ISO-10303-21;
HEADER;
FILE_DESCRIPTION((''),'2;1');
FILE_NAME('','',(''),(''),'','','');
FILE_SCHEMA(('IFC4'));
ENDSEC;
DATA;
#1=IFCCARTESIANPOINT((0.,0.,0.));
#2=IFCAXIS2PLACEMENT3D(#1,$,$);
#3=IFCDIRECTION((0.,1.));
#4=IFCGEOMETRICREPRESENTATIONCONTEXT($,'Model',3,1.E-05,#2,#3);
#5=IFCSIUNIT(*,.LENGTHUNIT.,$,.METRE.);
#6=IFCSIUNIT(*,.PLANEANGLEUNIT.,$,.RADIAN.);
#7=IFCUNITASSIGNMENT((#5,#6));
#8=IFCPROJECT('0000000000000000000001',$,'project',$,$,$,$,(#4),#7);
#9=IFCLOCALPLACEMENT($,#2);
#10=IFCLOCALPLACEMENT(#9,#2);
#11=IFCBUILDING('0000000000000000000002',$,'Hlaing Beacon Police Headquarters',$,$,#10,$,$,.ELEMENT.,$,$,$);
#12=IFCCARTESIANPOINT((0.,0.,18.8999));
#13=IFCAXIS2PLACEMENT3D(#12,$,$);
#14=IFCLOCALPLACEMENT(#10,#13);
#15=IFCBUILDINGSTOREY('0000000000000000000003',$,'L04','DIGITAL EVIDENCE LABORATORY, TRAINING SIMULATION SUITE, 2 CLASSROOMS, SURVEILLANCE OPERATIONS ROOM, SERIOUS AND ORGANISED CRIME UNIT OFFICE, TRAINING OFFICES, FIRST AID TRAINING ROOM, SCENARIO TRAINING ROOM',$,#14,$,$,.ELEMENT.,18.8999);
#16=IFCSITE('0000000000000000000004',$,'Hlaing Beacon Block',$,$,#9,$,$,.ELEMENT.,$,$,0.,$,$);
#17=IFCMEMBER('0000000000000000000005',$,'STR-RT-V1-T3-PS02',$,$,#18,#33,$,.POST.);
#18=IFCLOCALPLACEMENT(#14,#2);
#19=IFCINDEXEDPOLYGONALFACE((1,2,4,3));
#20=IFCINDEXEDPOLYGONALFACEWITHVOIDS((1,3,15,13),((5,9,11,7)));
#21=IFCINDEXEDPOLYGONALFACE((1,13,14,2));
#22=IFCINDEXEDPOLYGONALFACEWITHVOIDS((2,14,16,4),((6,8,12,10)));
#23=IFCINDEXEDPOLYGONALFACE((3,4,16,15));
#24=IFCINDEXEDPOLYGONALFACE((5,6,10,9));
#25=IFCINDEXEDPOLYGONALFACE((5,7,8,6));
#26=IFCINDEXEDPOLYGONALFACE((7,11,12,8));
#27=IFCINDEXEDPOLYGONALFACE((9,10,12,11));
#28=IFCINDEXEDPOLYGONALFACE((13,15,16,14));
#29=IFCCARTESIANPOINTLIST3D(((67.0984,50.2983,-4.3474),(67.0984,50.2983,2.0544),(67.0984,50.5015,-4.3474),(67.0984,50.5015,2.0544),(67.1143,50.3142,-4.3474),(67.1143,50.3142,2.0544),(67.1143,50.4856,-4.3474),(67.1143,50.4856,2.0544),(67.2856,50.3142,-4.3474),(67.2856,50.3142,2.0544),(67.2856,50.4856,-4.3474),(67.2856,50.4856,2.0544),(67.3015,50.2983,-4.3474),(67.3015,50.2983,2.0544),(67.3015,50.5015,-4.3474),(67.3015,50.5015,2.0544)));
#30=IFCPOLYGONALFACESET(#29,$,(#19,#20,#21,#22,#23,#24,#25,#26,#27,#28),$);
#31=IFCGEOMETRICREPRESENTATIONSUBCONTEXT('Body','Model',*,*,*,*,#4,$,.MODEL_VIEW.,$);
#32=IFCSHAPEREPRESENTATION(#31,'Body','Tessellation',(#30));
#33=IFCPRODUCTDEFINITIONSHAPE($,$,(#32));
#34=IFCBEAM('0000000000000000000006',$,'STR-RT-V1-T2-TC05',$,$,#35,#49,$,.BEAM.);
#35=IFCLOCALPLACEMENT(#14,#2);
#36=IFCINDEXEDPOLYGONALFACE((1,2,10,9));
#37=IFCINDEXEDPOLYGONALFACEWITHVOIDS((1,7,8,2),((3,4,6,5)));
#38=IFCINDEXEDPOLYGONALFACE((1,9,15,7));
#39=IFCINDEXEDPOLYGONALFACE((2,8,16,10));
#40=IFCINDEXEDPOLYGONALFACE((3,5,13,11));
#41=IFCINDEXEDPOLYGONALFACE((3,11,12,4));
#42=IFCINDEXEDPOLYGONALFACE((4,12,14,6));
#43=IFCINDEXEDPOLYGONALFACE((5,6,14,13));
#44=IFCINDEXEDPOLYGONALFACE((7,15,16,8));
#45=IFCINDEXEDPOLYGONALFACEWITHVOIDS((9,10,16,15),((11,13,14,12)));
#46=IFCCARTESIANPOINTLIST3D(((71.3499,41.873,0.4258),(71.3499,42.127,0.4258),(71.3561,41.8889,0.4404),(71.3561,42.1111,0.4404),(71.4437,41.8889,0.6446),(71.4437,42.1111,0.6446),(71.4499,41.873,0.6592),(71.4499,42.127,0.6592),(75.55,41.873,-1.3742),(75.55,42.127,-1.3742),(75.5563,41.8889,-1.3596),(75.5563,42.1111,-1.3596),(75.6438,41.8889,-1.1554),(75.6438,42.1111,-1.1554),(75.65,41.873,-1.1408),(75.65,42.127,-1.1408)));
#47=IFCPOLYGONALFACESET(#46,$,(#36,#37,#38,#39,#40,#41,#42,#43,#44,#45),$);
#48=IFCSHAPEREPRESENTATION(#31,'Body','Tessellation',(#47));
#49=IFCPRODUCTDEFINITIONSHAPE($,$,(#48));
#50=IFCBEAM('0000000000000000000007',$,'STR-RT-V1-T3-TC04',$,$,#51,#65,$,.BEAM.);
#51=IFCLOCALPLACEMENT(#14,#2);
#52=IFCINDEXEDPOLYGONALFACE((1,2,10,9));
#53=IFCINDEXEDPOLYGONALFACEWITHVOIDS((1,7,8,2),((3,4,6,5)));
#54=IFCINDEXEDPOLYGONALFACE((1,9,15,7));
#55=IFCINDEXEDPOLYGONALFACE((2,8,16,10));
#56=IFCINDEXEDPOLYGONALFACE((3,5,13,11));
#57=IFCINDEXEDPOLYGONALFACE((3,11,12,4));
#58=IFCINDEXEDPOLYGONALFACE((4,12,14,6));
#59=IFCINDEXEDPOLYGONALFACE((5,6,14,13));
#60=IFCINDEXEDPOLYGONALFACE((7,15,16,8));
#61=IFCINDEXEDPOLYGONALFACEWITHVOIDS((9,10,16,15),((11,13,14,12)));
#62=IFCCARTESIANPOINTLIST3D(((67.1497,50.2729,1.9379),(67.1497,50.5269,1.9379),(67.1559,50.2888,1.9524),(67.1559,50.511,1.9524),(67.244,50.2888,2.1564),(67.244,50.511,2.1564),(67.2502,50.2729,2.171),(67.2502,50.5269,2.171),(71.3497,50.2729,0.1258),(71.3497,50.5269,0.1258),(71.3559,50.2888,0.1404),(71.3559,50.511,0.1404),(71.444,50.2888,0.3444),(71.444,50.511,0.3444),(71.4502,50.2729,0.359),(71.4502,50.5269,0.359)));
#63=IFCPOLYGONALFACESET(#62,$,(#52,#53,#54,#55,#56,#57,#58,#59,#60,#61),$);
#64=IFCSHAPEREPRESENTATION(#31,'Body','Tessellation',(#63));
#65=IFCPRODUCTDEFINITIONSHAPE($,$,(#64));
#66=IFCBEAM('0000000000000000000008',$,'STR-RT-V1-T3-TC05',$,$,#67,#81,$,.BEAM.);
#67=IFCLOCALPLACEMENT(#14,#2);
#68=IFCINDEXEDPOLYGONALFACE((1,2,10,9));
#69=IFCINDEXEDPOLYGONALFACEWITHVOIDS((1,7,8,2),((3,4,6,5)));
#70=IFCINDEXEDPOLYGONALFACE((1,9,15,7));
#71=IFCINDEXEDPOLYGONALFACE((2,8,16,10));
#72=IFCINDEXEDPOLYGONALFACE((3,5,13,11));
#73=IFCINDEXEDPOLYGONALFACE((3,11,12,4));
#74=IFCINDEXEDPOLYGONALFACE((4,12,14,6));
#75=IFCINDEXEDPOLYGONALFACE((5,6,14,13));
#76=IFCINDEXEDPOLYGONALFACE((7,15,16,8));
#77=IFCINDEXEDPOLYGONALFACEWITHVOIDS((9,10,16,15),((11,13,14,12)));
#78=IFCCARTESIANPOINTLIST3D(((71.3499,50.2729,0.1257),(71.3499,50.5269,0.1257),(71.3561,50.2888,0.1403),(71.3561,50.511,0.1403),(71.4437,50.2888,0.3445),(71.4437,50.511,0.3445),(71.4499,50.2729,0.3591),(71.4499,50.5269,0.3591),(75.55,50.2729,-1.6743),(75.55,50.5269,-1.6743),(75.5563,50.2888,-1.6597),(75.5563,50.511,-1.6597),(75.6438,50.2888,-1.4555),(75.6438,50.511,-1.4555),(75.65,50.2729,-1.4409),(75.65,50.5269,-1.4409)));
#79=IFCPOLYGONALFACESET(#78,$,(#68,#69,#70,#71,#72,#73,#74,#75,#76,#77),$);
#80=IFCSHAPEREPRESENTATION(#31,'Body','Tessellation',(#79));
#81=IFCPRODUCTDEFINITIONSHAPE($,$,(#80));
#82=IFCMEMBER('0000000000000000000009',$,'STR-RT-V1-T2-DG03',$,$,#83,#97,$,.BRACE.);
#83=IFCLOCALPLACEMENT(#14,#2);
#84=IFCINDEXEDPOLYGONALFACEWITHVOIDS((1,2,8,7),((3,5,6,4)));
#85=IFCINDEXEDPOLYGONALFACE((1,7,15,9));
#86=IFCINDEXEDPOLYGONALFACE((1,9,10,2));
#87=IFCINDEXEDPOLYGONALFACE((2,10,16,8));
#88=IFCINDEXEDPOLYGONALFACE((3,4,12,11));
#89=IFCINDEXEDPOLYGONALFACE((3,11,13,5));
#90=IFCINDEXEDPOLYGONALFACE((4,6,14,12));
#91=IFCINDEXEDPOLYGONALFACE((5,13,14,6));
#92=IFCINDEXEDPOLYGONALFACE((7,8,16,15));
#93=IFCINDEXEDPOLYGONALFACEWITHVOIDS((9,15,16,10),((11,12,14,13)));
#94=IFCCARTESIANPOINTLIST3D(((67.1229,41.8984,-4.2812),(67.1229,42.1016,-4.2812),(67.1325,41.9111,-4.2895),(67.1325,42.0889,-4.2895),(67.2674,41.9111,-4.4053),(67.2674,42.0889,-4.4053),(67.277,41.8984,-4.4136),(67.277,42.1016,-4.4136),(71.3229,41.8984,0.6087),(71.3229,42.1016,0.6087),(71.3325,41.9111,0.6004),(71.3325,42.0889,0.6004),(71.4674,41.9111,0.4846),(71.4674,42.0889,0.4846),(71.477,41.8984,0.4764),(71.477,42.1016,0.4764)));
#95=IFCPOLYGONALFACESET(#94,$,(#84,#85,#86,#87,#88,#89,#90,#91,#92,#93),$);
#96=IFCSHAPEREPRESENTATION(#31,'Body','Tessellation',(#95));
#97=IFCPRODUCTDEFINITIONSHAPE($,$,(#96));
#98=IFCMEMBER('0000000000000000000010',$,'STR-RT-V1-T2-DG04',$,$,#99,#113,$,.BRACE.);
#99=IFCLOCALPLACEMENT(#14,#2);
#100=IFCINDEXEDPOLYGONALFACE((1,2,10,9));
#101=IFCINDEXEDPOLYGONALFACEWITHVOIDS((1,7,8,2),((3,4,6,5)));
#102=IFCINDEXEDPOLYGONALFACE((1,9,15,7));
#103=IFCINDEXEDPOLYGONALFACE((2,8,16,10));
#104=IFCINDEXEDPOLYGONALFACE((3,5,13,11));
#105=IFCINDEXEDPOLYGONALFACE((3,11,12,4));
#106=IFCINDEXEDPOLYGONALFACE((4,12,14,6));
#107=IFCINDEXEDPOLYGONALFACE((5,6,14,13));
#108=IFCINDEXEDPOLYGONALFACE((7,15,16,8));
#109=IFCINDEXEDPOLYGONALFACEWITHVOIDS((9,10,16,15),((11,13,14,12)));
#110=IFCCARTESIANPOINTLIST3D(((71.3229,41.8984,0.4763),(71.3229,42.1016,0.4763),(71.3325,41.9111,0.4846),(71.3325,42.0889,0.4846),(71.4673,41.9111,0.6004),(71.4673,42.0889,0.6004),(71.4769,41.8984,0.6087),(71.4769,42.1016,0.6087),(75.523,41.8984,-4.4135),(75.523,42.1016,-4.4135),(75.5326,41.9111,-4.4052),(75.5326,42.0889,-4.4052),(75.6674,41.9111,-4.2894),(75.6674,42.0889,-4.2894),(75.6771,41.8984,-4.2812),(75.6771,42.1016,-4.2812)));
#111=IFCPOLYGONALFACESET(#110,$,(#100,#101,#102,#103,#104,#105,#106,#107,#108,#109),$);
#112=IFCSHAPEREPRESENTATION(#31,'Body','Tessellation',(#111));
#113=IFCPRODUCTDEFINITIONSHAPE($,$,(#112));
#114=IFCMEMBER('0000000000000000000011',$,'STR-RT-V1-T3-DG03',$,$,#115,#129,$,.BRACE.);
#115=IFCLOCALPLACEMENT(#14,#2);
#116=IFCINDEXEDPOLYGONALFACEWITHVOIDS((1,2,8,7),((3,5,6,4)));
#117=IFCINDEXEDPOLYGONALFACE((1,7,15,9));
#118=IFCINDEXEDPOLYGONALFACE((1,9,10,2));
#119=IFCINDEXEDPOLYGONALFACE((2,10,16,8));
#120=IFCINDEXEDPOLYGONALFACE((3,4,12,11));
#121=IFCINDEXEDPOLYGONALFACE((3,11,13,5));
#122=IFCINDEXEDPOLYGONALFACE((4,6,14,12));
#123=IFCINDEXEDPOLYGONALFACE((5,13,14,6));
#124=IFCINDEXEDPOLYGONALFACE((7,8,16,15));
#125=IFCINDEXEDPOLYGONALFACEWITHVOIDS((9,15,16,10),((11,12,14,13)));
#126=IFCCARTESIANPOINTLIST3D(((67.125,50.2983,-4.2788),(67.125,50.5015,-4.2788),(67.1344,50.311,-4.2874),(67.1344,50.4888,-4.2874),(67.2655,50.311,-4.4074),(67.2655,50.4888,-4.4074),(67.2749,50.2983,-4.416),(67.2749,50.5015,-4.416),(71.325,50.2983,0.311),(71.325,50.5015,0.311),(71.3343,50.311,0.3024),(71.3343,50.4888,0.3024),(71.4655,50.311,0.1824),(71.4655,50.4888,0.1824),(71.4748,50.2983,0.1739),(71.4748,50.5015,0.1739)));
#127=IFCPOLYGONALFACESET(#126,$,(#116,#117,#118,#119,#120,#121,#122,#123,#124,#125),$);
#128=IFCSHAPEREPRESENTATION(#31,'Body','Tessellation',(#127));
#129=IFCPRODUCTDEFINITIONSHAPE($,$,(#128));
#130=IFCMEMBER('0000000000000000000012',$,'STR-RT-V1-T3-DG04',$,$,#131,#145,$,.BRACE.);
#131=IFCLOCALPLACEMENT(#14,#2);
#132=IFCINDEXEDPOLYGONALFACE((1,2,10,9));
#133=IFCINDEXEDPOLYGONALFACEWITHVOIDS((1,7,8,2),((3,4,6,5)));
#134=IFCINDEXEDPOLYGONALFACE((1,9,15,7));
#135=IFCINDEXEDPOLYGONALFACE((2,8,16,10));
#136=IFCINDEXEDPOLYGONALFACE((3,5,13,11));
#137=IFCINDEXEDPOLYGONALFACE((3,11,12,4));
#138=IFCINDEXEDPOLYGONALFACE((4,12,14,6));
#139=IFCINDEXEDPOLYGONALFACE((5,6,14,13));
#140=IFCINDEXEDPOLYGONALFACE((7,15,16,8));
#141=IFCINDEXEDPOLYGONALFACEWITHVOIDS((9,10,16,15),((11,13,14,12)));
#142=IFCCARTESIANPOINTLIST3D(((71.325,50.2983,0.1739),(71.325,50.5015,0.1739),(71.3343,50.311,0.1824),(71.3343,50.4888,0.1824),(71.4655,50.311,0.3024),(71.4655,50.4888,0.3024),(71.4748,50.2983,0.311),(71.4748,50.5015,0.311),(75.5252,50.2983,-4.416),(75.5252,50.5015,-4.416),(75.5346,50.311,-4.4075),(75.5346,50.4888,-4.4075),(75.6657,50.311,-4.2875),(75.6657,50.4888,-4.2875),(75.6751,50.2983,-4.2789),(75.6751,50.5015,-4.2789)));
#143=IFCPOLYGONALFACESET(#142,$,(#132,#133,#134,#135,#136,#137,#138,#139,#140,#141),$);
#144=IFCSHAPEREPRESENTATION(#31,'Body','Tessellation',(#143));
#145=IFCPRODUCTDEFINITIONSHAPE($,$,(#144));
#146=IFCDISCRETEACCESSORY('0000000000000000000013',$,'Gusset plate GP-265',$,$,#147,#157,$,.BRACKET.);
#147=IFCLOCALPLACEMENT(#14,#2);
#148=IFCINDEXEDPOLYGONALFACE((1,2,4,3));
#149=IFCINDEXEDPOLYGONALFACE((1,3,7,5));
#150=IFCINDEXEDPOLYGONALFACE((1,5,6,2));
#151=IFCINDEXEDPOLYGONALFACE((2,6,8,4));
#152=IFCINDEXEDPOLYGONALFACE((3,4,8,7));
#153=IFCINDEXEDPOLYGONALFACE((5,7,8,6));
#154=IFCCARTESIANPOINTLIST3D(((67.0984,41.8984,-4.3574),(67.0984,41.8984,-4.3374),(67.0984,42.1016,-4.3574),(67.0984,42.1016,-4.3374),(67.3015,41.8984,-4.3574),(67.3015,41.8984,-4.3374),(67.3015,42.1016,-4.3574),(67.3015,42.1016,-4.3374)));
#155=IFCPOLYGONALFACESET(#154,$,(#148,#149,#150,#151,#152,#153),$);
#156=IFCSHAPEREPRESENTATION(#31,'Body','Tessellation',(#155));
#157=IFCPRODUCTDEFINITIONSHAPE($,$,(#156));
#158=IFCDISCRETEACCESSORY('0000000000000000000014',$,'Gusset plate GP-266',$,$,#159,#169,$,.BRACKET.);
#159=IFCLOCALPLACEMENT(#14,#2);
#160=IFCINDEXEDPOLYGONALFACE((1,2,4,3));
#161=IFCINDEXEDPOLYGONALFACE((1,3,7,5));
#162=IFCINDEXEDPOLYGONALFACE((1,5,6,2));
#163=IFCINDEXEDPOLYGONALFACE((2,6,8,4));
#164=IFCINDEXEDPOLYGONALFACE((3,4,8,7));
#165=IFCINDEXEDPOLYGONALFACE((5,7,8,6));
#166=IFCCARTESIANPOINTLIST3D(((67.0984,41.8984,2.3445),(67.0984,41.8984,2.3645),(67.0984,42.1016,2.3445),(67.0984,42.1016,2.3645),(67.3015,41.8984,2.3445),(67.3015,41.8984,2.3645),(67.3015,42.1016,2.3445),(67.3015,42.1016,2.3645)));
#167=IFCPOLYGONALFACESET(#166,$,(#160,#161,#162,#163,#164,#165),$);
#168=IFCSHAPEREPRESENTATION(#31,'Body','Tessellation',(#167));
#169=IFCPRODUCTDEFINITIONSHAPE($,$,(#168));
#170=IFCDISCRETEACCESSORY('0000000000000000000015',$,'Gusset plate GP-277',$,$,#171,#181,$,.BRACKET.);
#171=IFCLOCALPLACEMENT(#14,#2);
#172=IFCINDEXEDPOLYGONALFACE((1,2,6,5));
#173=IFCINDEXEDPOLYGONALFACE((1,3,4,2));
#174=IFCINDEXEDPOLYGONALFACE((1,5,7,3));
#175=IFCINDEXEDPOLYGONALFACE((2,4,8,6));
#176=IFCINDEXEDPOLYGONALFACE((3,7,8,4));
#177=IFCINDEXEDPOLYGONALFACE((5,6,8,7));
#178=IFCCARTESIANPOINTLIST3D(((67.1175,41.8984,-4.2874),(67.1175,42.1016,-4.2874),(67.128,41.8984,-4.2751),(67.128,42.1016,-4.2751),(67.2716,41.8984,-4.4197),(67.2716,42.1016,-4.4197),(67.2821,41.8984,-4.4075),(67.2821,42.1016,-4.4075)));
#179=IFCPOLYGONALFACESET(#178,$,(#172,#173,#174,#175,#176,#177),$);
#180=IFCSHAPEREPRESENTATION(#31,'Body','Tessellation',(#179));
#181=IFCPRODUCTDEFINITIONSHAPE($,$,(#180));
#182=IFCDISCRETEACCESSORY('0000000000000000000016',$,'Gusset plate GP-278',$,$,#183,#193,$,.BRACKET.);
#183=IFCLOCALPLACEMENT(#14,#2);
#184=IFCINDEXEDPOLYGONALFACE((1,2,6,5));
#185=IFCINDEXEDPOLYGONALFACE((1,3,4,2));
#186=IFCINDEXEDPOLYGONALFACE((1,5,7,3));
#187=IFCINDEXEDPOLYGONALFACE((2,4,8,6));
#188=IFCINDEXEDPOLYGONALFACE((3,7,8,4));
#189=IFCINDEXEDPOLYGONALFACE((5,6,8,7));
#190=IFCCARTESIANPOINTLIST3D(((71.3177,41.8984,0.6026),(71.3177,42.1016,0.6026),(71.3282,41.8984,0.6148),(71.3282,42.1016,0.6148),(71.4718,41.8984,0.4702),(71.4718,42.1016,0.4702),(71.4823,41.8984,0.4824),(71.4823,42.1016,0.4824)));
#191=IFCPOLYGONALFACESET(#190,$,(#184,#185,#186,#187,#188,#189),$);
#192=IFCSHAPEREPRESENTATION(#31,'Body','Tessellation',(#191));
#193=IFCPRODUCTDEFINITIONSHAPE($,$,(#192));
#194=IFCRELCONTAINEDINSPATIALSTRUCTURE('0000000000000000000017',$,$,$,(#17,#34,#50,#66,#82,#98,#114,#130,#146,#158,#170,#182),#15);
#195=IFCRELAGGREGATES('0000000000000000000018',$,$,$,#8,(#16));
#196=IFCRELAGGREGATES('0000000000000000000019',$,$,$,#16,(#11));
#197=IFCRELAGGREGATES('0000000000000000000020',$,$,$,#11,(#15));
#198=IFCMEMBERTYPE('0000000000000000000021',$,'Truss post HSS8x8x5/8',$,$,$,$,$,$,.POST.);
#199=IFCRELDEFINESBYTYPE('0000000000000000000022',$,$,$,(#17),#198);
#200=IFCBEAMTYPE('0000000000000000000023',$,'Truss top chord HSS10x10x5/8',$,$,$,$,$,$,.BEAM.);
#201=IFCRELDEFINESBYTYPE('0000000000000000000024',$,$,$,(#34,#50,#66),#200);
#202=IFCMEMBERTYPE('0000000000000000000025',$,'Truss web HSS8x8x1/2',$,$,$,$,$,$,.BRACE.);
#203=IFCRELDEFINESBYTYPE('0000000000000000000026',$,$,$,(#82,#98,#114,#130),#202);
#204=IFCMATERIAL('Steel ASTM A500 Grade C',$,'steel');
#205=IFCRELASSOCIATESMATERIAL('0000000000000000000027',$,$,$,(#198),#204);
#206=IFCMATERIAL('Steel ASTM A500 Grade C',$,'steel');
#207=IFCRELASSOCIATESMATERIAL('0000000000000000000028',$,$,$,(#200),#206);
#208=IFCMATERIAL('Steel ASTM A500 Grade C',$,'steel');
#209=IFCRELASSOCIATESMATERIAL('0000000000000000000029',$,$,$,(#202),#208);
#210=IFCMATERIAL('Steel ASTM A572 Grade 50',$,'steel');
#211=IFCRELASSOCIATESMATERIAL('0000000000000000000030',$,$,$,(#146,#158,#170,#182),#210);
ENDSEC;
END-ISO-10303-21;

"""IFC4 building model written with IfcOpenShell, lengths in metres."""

from ifc_helpers import new_model, si_unit, direction, frame, origin, origin_2d, place, context, subcontext, project, spatial, rectangle, hollow_rectangle, extrude, material, material_profile, profile_set, type_object, element, save


model = new_model("IFC4")

# Units and contexts
model_context = context("Model", 3, precision=1e-05, world=origin(), true_north=direction((0.0, 1.0)))
body_context = subcontext(model_context, "Body", "Model", "MODEL_VIEW")
ifc_project = project(units=[si_unit("LENGTHUNIT", "METRE"), si_unit("PLANEANGLEUNIT", "RADIAN")], contexts=[model_context])

# Site, building, storey
site_placement = place(None, origin())
site = spatial("IfcSite", under=ifc_project, at=site_placement, Name="Hlaing Beacon Block", CompositionType="ELEMENT", RefElevation=0.0)
building_placement = place(site_placement, origin())
building = spatial("IfcBuilding", under=site, at=building_placement, Name="Hlaing Beacon Police Headquarters", CompositionType="ELEMENT")
storey_placement = place(building_placement, frame((0.0, 0.0, 18.8999)))
storey = spatial("IfcBuildingStorey", under=building, at=storey_placement, Name="L04", Description="DIGITAL EVIDENCE LABORATORY, TRAINING SIMULATION SUITE, 2 CLASSROOMS, SURVEILLANCE OPERATIONS ROOM, SERIOUS AND ORGANISED CRIME UNIT OFFICE, TRAINING OFFICES, FIRST AID TRAINING ROOM, SCENARIO TRAINING ROOM", CompositionType="ELEMENT", Elevation=18.8999)

# Member
ifc_material_1 = material(Name="Steel ASTM A500 Grade C", Category="steel")
ifc_material_profile_1 = material_profile(ifc_material_1, hollow_rectangle(XDim=0.2031, YDim=0.2031, WallThickness=0.0159, at=origin_2d()), Name="HSS8x8x5/8")
ifc_profile_set_1 = profile_set([ifc_material_profile_1], Name="Steel ASTM A500 Grade C")
member_type_1 = type_object("IfcMemberType", Name="Truss post HSS8x8x5/8", PredefinedType="POST", material=ifc_profile_set_1)
member_1_placement = place(storey_placement, frame((67.2, 50.3999, -4.3474), z_axis=(0.0, 0.0, 1.0), x_axis=(1.0, 0.0, 0.0)))
element("IfcMember", 1, at=member_1_placement, inside=storey, type_object=member_type_1, Name="STR-RT-V1-T3-PS02", PredefinedType="POST", context=body_context, shape_type="SweptSolid", body=[
    extrude(hollow_rectangle(XDim=0.2031, YDim=0.2031, WallThickness=0.0159, at=origin_2d()), origin(), (0.0, 0.0, 1.0), 6.4019),
])

# Beams
ifc_material_2 = material(Name="Steel ASTM A500 Grade C", Category="steel")
ifc_material_profile_2 = material_profile(ifc_material_2, hollow_rectangle(XDim=0.2539, YDim=0.2539, WallThickness=0.0159, at=origin_2d()), Name="HSS10x10x5/8")
ifc_profile_set_2 = profile_set([ifc_material_profile_2], Name="Steel ASTM A500 Grade C")
beam_type_1 = type_object("IfcBeamType", Name="Truss top chord HSS10x10x5/8", PredefinedType="BEAM", material=ifc_profile_set_2)
beam_1_placement = place(storey_placement, frame((71.3999, 42.0, 0.5425), z_axis=(0.919148, 0.0, -0.393913), x_axis=(0.0, 1.0, 0.0)))
element("IfcBeam", 2, at=beam_1_placement, inside=storey, type_object=beam_type_1, Name="STR-RT-V1-T2-TC05", PredefinedType="BEAM", context=body_context, shape_type="SweptSolid", body=[
    extrude(hollow_rectangle(XDim=0.2539, YDim=0.2539, WallThickness=0.0159, at=origin_2d()), origin(), (0.0, 0.0, 1.0), 4.5696),
])
beam_2_placement = place(storey_placement, frame((67.2, 50.3999, 2.0544), z_axis=(0.91819, 0.0, -0.396141), x_axis=(0.0, 1.0, 0.0)))
element("IfcBeam", 3, at=beam_2_placement, inside=storey, type_object=beam_type_1, Name="STR-RT-V1-T3-TC04", PredefinedType="BEAM", context=body_context, shape_type="SweptSolid", body=[
    extrude(hollow_rectangle(XDim=0.2539, YDim=0.2539, WallThickness=0.0159, at=origin_2d()), origin(), (0.0, 0.0, 1.0), 4.5742),
])
beam_3_placement = place(storey_placement, frame((71.3999, 50.3999, 0.2424), z_axis=(0.919148, 0.0, -0.393913), x_axis=(0.0, 1.0, 0.0)))
element("IfcBeam", 4, at=beam_3_placement, inside=storey, type_object=beam_type_1, Name="STR-RT-V1-T3-TC05", PredefinedType="BEAM", context=body_context, shape_type="SweptSolid", body=[
    extrude(hollow_rectangle(XDim=0.2539, YDim=0.2539, WallThickness=0.0159, at=origin_2d()), origin(), (0.0, 0.0, 1.0), 4.5696),
])

# Members
ifc_material_3 = material(Name="Steel ASTM A500 Grade C", Category="steel")
ifc_material_profile_3 = material_profile(ifc_material_3, hollow_rectangle(XDim=0.2031, YDim=0.2031, WallThickness=0.0127, at=origin_2d()), Name="HSS8x8x1/2")
ifc_profile_set_3 = profile_set([ifc_material_profile_3], Name="Steel ASTM A500 Grade C")
member_type_2 = type_object("IfcMemberType", Name="Truss web HSS8x8x1/2", PredefinedType="BRACE", material=ifc_profile_set_3)
for number, where, z_axis, x_axis, name in (
    (5, (67.2, 42.0, -4.3474), (0.651561, 0.0, 0.758596), (0.0, 1.0, 0.0), "STR-RT-V1-T2-DG03"),
    (6, (71.3999, 42.0, 0.5425), (0.651583, 0.0, -0.758577), (0.0, 1.0, 0.0), "STR-RT-V1-T2-DG04"),
):
    element("IfcMember", number, at=place(storey_placement, frame(where, z_axis=z_axis, x_axis=x_axis)), inside=storey, type_object=member_type_2, Name=name, PredefinedType="BRACE", context=body_context, shape_type="SweptSolid", body=[
        extrude(hollow_rectangle(XDim=0.2031, YDim=0.2031, WallThickness=0.0127, at=origin_2d()), origin(), (0.0, 0.0, 1.0), 6.446),
    ])
member_2_placement = place(storey_placement, frame((67.2, 50.3999, -4.3474), z_axis=(0.675078, 0.0, 0.737747), x_axis=(0.0, 1.0, 0.0)))
element("IfcMember", 7, at=member_2_placement, inside=storey, type_object=member_type_2, Name="STR-RT-V1-T3-DG03", PredefinedType="BRACE", context=body_context, shape_type="SweptSolid", body=[
    extrude(hollow_rectangle(XDim=0.2031, YDim=0.2031, WallThickness=0.0127, at=origin_2d()), origin(), (0.0, 0.0, 1.0), 6.2214),
])
member_3_placement = place(storey_placement, frame((71.3999, 50.3999, 0.2424), z_axis=(0.675099, 0.0, -0.737727), x_axis=(0.0, 1.0, 0.0)))
element("IfcMember", 8, at=member_3_placement, inside=storey, type_object=member_type_2, Name="STR-RT-V1-T3-DG04", PredefinedType="BRACE", context=body_context, shape_type="SweptSolid", body=[
    extrude(hollow_rectangle(XDim=0.2031, YDim=0.2031, WallThickness=0.0127, at=origin_2d()), origin(), (0.0, 0.0, 1.0), 6.2217),
])

# Discrete accessories
ifc_material_4 = material(Name="Steel ASTM A572 Grade 50", Category="steel")
for number, where, z_axis, x_axis, name in (
    (9, (67.2, 42.0, -4.3374), (0.0, 0.0, -1.0), (1.0, 0.0, 0.0), "Gusset plate GP-265"),
    (10, (67.2, 42.0, 2.3445), (0.0, 0.0, 1.0), (1.0, 0.0, 0.0), "Gusset plate GP-266"),
):
    element("IfcDiscreteAccessory", number, at=place(storey_placement, frame(where, z_axis=z_axis, x_axis=x_axis)), inside=storey, material=ifc_material_4, Name=name, PredefinedType="BRACKET", context=body_context, shape_type="SweptSolid", body=[
        extrude(rectangle(XDim=0.2031, YDim=0.2031, at=origin_2d()), origin(), (0.0, 0.0, 1.0), 0.02),
    ])
for number, where, z_axis, x_axis, name in (
    (11, (67.2051, 42.0, -4.3413), (-0.651561, 0.0, -0.758596), (0.0, -1.0, 0.0), "Gusset plate GP-277"),
    (12, (71.3948, 42.0, 0.5364), (0.651561, 0.0, 0.758596), (0.0, 1.0, 0.0), "Gusset plate GP-278"),
):
    element("IfcDiscreteAccessory", number, at=place(storey_placement, frame(where, z_axis=z_axis, x_axis=x_axis)), inside=storey, material=ifc_material_4, Name=name, PredefinedType="BRACKET", context=body_context, shape_type="SweptSolid", body=[
        extrude(rectangle(XDim=0.2031, YDim=0.2031, at=origin_2d()), origin(), (0.0, 0.0, 1.0), 0.0161),
    ])

save(model, "model.ifc")
